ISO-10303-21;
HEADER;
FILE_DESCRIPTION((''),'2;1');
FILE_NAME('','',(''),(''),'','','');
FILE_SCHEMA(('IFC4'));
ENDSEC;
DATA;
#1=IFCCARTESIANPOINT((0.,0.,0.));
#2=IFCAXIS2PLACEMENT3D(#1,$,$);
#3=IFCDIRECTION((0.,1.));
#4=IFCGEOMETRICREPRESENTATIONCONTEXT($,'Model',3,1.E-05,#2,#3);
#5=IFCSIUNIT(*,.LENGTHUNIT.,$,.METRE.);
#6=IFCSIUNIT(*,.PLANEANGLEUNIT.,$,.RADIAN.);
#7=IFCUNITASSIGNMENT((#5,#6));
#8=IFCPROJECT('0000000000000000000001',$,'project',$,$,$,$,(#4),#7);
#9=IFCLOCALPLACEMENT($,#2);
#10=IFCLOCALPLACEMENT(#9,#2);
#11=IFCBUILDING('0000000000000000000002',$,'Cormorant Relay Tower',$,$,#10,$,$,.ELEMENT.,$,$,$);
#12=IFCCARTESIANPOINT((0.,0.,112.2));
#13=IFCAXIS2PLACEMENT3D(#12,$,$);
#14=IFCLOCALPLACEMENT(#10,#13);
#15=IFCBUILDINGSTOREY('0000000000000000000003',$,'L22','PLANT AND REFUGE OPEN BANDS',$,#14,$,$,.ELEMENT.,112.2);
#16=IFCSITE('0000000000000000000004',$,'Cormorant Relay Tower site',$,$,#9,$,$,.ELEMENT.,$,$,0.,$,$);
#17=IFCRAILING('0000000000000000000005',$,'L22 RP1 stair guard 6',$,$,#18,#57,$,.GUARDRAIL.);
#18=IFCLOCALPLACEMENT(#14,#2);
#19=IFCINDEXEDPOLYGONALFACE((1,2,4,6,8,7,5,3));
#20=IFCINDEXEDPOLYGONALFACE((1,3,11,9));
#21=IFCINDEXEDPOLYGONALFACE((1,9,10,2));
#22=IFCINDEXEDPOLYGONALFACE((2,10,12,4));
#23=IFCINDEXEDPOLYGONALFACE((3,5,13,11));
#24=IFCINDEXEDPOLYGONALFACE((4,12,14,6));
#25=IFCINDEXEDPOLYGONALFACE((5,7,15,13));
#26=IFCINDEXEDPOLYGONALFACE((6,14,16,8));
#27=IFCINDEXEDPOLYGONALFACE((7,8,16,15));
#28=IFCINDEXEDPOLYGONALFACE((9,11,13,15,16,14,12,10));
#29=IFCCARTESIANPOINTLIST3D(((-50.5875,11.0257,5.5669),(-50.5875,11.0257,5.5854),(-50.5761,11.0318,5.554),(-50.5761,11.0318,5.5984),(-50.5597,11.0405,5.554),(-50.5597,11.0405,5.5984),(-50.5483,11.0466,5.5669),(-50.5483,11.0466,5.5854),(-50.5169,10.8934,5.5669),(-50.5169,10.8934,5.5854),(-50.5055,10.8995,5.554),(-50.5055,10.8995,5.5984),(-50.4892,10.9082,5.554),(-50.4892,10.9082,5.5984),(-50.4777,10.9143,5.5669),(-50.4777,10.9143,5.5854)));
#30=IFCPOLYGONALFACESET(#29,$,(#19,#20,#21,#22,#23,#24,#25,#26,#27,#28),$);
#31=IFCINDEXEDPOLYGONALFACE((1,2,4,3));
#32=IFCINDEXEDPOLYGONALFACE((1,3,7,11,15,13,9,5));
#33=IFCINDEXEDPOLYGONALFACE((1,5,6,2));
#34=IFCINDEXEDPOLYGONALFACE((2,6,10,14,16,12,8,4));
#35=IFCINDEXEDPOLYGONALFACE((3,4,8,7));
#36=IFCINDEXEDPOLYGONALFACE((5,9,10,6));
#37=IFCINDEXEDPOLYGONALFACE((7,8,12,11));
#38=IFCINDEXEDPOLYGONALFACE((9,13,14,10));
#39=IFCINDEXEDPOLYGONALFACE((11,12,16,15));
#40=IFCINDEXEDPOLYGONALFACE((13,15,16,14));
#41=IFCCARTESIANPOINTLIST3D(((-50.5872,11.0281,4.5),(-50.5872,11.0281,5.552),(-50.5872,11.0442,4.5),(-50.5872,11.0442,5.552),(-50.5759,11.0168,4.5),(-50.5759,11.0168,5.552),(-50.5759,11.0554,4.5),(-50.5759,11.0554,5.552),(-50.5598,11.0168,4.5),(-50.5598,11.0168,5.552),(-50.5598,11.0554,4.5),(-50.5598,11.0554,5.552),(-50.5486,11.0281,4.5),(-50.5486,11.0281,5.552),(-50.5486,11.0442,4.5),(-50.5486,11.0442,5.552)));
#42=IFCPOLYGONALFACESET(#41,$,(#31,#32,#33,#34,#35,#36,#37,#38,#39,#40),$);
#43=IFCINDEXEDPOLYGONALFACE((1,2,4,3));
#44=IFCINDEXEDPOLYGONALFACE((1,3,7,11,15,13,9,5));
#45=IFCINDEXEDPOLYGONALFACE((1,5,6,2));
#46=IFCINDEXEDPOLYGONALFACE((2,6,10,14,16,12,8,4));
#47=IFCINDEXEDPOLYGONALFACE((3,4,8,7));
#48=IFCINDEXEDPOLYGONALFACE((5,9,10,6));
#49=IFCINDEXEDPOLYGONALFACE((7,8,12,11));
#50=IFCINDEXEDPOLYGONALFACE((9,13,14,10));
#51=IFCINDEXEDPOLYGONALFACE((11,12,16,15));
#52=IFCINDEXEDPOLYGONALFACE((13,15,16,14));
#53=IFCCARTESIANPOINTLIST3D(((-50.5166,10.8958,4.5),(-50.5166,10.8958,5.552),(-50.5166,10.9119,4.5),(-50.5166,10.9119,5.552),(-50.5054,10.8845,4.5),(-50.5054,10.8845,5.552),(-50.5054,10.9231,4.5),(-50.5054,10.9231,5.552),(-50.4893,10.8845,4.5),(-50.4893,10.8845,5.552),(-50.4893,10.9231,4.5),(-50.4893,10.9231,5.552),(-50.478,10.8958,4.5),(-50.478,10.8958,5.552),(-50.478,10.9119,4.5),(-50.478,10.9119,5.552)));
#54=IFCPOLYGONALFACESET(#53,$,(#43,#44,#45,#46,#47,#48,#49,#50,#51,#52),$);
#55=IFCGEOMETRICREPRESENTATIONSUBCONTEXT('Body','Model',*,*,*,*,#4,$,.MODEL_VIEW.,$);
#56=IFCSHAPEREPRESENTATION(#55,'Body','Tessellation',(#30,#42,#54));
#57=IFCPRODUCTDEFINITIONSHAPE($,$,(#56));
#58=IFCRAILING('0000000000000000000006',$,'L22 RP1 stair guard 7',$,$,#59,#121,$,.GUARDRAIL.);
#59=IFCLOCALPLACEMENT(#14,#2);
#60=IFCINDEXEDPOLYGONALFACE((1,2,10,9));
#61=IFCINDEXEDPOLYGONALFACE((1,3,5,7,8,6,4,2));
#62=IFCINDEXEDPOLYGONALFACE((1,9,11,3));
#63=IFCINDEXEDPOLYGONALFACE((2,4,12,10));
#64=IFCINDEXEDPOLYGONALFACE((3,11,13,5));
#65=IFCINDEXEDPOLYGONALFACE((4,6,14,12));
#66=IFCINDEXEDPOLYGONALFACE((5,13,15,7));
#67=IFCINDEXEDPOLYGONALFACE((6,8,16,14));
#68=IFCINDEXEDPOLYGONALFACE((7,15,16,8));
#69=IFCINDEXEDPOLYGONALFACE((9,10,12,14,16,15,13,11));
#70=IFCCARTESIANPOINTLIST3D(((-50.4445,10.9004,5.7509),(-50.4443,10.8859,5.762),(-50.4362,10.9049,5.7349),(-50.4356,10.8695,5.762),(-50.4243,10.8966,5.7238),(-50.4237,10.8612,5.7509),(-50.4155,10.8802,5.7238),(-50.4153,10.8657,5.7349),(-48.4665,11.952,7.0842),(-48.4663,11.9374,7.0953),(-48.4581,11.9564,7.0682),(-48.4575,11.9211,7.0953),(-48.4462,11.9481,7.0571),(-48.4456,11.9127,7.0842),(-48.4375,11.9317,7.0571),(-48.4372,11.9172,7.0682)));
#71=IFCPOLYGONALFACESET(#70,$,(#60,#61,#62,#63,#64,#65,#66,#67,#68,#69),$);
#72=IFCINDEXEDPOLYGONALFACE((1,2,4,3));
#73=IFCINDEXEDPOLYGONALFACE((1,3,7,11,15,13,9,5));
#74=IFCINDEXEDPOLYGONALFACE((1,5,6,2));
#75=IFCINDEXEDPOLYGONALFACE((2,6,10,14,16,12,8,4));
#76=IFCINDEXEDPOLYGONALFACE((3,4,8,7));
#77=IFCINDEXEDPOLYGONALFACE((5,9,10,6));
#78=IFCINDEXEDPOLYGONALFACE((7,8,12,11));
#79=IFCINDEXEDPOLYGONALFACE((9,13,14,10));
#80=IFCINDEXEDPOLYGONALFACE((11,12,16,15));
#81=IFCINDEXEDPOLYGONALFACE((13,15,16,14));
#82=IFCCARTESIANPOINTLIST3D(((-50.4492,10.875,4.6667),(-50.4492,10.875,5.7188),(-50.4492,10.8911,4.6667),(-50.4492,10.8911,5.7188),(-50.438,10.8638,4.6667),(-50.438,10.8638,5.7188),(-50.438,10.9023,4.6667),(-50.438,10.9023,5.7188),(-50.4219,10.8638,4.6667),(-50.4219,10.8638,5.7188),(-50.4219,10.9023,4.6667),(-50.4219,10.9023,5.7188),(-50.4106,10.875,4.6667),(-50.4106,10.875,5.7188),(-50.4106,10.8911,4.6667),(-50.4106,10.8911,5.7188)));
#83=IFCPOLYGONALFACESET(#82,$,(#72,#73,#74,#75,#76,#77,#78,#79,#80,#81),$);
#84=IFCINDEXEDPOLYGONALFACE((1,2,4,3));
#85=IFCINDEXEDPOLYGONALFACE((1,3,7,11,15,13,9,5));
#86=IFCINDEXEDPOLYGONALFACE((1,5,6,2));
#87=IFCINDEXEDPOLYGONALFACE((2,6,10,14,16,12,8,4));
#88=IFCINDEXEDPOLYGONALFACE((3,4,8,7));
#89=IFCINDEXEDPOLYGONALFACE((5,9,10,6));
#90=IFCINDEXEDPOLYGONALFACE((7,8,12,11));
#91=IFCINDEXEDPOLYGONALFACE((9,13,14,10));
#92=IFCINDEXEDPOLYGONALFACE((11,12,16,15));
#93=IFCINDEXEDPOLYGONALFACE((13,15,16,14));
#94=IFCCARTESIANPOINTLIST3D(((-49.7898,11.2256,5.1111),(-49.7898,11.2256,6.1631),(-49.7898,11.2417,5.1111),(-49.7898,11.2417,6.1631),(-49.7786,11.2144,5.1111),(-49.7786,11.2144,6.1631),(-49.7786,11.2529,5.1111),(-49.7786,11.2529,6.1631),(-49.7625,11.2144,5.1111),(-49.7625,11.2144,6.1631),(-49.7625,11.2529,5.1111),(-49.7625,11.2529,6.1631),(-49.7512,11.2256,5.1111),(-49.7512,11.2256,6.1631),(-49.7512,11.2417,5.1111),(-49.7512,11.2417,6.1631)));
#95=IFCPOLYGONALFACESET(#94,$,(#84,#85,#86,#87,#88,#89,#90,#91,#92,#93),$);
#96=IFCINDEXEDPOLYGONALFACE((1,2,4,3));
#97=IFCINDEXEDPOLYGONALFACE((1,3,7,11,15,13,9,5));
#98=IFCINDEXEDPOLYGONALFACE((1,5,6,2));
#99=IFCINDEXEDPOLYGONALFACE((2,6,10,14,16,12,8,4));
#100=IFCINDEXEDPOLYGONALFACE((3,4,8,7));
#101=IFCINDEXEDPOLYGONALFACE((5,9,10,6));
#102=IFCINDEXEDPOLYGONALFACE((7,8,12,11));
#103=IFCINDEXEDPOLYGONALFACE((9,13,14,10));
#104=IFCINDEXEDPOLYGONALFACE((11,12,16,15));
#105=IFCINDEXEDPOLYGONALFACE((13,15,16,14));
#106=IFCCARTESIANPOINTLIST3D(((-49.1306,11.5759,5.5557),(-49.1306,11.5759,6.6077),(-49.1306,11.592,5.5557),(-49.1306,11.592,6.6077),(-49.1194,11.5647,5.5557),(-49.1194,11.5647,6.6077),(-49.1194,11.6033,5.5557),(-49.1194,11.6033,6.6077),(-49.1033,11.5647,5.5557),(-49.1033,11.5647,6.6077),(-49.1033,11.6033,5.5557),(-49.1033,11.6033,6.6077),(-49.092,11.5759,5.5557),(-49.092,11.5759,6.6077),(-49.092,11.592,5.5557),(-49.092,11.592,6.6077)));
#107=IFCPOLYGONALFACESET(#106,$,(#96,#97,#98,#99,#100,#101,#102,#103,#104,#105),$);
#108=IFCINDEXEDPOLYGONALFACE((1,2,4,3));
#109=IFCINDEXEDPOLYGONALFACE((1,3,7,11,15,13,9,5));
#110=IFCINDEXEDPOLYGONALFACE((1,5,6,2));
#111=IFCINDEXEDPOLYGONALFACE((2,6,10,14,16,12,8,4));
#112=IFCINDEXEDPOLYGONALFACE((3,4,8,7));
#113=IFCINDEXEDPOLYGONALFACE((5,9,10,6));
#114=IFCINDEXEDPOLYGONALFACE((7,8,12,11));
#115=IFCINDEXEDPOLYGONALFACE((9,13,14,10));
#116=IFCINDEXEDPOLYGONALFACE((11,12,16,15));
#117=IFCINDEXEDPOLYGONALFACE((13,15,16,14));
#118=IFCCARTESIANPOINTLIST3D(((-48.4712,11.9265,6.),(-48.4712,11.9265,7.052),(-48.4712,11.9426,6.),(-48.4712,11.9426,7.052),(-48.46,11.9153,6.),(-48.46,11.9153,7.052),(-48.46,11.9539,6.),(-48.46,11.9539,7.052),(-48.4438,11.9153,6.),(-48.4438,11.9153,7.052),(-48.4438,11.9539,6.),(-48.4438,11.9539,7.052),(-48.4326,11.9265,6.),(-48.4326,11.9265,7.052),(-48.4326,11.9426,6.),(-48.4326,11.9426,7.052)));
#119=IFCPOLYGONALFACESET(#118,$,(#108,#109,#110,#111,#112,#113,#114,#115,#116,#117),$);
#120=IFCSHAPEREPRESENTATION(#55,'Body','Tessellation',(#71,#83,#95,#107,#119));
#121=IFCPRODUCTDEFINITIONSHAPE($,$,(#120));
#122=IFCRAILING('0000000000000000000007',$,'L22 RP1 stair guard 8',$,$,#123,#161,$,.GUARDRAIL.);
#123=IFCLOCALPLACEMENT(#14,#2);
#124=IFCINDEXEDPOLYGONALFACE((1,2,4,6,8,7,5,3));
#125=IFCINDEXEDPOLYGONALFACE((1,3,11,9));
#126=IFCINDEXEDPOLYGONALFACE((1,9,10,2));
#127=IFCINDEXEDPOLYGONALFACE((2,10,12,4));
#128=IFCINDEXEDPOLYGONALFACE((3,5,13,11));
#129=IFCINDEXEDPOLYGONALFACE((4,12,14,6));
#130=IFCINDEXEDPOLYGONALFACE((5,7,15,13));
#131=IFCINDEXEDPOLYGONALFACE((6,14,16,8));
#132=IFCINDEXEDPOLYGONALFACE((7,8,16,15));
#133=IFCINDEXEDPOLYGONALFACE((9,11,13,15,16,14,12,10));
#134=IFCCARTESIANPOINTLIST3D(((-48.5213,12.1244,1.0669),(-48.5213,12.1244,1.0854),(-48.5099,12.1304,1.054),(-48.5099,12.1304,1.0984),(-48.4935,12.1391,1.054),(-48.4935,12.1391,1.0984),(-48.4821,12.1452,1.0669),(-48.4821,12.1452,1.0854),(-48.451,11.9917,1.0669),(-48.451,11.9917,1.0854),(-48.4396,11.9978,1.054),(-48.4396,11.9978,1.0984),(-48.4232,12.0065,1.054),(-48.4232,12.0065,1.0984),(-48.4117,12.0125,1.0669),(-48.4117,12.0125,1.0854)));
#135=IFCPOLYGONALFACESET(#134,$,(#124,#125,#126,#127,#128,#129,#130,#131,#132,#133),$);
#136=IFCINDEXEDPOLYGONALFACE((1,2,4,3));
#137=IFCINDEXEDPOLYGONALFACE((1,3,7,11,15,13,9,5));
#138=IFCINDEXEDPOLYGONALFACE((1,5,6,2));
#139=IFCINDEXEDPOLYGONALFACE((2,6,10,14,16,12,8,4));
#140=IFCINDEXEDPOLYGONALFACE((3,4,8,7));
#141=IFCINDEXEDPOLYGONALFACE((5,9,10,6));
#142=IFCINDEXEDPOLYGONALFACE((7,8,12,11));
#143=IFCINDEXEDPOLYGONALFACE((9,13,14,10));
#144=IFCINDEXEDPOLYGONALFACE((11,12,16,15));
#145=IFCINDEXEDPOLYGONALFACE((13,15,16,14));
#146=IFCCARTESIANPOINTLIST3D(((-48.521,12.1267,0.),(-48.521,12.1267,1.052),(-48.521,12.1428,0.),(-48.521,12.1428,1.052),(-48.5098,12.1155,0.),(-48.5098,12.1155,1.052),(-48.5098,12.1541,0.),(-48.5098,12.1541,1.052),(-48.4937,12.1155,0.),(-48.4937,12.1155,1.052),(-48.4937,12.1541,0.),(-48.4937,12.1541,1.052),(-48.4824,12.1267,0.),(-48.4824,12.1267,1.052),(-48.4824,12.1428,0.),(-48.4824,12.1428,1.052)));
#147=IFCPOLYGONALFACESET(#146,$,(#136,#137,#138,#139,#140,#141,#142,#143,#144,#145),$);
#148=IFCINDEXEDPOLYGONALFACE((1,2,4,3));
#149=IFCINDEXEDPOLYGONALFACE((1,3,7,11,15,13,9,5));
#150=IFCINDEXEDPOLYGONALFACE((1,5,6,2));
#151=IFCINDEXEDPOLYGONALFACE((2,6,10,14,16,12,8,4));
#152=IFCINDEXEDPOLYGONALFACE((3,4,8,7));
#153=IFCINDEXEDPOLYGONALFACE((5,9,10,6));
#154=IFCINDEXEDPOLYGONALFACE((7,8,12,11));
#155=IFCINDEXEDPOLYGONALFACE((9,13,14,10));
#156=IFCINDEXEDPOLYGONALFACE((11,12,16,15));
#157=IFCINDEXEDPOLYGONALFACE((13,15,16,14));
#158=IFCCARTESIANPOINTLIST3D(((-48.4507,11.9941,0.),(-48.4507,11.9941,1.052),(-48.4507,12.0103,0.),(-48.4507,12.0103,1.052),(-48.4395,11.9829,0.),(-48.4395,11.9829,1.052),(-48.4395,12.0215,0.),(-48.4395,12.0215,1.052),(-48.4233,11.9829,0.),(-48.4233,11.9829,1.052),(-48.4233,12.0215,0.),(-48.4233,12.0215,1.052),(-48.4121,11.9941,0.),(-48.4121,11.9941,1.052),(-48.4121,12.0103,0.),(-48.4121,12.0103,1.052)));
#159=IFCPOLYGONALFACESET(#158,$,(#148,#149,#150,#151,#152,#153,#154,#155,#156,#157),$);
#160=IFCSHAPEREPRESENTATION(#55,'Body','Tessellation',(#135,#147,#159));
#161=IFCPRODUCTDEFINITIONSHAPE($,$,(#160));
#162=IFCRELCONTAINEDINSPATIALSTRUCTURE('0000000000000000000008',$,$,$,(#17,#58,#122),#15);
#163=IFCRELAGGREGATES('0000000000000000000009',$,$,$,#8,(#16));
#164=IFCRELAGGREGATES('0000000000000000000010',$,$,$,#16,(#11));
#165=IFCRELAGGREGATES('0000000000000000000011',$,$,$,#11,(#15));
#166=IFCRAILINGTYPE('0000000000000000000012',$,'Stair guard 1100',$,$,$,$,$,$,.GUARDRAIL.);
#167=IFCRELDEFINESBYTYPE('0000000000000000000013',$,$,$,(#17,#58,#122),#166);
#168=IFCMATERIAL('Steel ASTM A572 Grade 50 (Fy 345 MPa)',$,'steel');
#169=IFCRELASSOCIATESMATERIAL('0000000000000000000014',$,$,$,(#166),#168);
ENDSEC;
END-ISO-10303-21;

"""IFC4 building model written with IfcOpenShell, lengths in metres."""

from ifc_helpers import new_model, si_unit, direction, frame, origin, place, context, subcontext, project, spatial, polyline, outline, extrude, material, type_object, element, save


model = new_model("IFC4")

# Units and contexts
model_context = context("Model", 3, precision=1e-05, world=origin(), true_north=direction((0.0, 1.0)))
body_context = subcontext(model_context, "Body", "Model", "MODEL_VIEW")
ifc_project = project(units=[si_unit("LENGTHUNIT", "METRE"), si_unit("PLANEANGLEUNIT", "RADIAN")], contexts=[model_context])

# Site, building, storey
site_placement = place(None, origin())
site = spatial("IfcSite", under=ifc_project, at=site_placement, Name="Cormorant Relay Tower site", CompositionType="ELEMENT", RefElevation=0.0)
building_placement = place(site_placement, origin())
building = spatial("IfcBuilding", under=site, at=building_placement, Name="Cormorant Relay Tower", CompositionType="ELEMENT")
storey_placement = place(building_placement, frame((0.0, 0.0, 112.2)))
storey = spatial("IfcBuildingStorey", under=building, at=storey_placement, Name="L22", Description="PLANT AND REFUGE OPEN BANDS", CompositionType="ELEMENT", Elevation=112.2)

# Railings
ifc_material_1 = material(Name="Steel ASTM A572 Grade 50 (Fy 345 MPa)", Category="steel")
railing_type_1 = type_object("IfcRailingType", Name="Stair guard 1100", PredefinedType="GUARDRAIL", material=ifc_material_1)
railing_1_placement = place(storey_placement, frame((-50.5679, 11.0361, 4.5)))
element("IfcRailing", 1, at=railing_1_placement, inside=storey, type_object=railing_type_1, Name="L22 RP1 stair guard 6", PredefinedType="GUARDRAIL", context=body_context, shape_type="SweptSolid", body=[
    extrude(outline(polyline([(0.0222, 0.0093), (0.0093, 0.0222), (-0.0093, 0.0222), (-0.0222, 0.0093), (-0.0222, -0.0093), (-0.0093, -0.0222), (0.0093, -0.0222), (0.0222, -0.0093), (0.0222, 0.0093)])), frame((0.0, 0.0, 1.0762), z_axis=(0.470504, -0.882398, 0.0), x_axis=(0.882398, 0.470504, 0.0)), (0.0, 0.0, 1.0), 0.1499),
    extrude(outline(polyline([(0.0193, 0.0081), (0.0081, 0.0193), (-0.0081, 0.0193), (-0.0193, 0.0081), (-0.0193, -0.0081), (-0.0081, -0.0193), (0.0081, -0.0193), (0.0193, -0.0081), (0.0193, 0.0081)])), origin(), (0.0, 0.0, 1.0), 1.052),
    extrude(outline(polyline([(0.0193, 0.0081), (0.0081, 0.0193), (-0.0081, 0.0193), (-0.0193, 0.0081), (-0.0193, -0.0081), (-0.0081, -0.0193), (0.0081, -0.0193), (0.0193, -0.0081), (0.0193, 0.0081)])), frame((0.0706, -0.1323, 0.0)), (0.0, 0.0, 1.0), 1.052),
])
railing_2_placement = place(storey_placement, frame((-50.4299, 10.8831, 4.6667)))
element("IfcRailing", 2, at=railing_2_placement, inside=storey, type_object=railing_type_1, Name="L22 RP1 stair guard 7", PredefinedType="GUARDRAIL", context=body_context, shape_type="SweptSolid", body=[
    extrude(outline(polyline([(0.0222, 0.0093), (0.0093, 0.0222), (-0.0093, 0.0222), (-0.0222, 0.0093), (-0.0222, -0.0093), (-0.0093, -0.0222), (0.0093, -0.0222), (0.0222, -0.0093), (0.0222, 0.0093)])), frame((0.0, 0.0, 1.0762), z_axis=(0.758771, 0.403361, 0.511435), x_axis=(-0.469394, 0.882989, 0.0)), (0.0, 0.0, 1.0), 2.6069),
    extrude(outline(polyline([(0.0193, 0.0081), (0.0081, 0.0193), (-0.0081, 0.0193), (-0.0193, 0.0081), (-0.0193, -0.0081), (-0.0081, -0.0193), (0.0081, -0.0193), (0.0193, -0.0081), (0.0193, 0.0081)])), origin(), (0.0, 0.0, 1.0), 1.052),
    extrude(outline(polyline([(0.0193, 0.0081), (0.0081, 0.0193), (-0.0081, 0.0193), (-0.0193, 0.0081), (-0.0193, -0.0081), (-0.0081, -0.0193), (0.0081, -0.0193), (0.0193, -0.0081), (0.0193, 0.0081)])), frame((0.6594, 0.3506, 0.4443)), (0.0, 0.0, 1.0), 1.052),
    extrude(outline(polyline([(0.0193, 0.0081), (0.0081, 0.0193), (-0.0081, 0.0193), (-0.0193, 0.0081), (-0.0193, -0.0081), (-0.0081, -0.0193), (0.0081, -0.0193), (0.0193, -0.0081), (0.0193, 0.0081)])), frame((1.3186, 0.7009, 0.8889)), (0.0, 0.0, 1.0), 1.052),
    extrude(outline(polyline([(0.0193, 0.0081), (0.0081, 0.0193), (-0.0081, 0.0193), (-0.0193, 0.0081), (-0.0193, -0.0081), (-0.0081, -0.0193), (0.0081, -0.0193), (0.0193, -0.0081), (0.0193, 0.0081)])), frame((1.978, 1.0515, 1.3333)), (0.0, 0.0, 1.0), 1.052),
])
railing_3_placement = place(storey_placement, frame((-48.5017, 12.1348, 0.0)))
element("IfcRailing", 3, at=railing_3_placement, inside=storey, type_object=railing_type_1, Name="L22 RP1 stair guard 8", PredefinedType="GUARDRAIL", context=body_context, shape_type="SweptSolid", body=[
    extrude(outline(polyline([(0.0222, 0.0093), (0.0093, 0.0222), (-0.0093, 0.0222), (-0.0222, 0.0093), (-0.0222, -0.0093), (-0.0093, -0.0222), (0.0093, -0.0222), (0.0222, -0.0093), (0.0222, 0.0093)])), frame((0.0, 0.0, 1.0762), z_axis=(0.46856, -0.883431, 0.0), x_axis=(0.883431, 0.46856, 0.0)), (0.0, 0.0, 1.0), 0.1501),
    extrude(outline(polyline([(0.0193, 0.0081), (0.0081, 0.0193), (-0.0081, 0.0193), (-0.0193, 0.0081), (-0.0193, -0.0081), (-0.0081, -0.0193), (0.0081, -0.0193), (0.0193, -0.0081), (0.0193, 0.0081)])), origin(), (0.0, 0.0, 1.0), 1.052),
    extrude(outline(polyline([(0.0193, 0.0081), (0.0081, 0.0193), (-0.0081, 0.0193), (-0.0193, 0.0081), (-0.0193, -0.0081), (-0.0081, -0.0193), (0.0081, -0.0193), (0.0193, -0.0081), (0.0193, 0.0081)])), frame((0.0703, -0.1326, 0.0)), (0.0, 0.0, 1.0), 1.052),
])

save(model, "model.ifc")
